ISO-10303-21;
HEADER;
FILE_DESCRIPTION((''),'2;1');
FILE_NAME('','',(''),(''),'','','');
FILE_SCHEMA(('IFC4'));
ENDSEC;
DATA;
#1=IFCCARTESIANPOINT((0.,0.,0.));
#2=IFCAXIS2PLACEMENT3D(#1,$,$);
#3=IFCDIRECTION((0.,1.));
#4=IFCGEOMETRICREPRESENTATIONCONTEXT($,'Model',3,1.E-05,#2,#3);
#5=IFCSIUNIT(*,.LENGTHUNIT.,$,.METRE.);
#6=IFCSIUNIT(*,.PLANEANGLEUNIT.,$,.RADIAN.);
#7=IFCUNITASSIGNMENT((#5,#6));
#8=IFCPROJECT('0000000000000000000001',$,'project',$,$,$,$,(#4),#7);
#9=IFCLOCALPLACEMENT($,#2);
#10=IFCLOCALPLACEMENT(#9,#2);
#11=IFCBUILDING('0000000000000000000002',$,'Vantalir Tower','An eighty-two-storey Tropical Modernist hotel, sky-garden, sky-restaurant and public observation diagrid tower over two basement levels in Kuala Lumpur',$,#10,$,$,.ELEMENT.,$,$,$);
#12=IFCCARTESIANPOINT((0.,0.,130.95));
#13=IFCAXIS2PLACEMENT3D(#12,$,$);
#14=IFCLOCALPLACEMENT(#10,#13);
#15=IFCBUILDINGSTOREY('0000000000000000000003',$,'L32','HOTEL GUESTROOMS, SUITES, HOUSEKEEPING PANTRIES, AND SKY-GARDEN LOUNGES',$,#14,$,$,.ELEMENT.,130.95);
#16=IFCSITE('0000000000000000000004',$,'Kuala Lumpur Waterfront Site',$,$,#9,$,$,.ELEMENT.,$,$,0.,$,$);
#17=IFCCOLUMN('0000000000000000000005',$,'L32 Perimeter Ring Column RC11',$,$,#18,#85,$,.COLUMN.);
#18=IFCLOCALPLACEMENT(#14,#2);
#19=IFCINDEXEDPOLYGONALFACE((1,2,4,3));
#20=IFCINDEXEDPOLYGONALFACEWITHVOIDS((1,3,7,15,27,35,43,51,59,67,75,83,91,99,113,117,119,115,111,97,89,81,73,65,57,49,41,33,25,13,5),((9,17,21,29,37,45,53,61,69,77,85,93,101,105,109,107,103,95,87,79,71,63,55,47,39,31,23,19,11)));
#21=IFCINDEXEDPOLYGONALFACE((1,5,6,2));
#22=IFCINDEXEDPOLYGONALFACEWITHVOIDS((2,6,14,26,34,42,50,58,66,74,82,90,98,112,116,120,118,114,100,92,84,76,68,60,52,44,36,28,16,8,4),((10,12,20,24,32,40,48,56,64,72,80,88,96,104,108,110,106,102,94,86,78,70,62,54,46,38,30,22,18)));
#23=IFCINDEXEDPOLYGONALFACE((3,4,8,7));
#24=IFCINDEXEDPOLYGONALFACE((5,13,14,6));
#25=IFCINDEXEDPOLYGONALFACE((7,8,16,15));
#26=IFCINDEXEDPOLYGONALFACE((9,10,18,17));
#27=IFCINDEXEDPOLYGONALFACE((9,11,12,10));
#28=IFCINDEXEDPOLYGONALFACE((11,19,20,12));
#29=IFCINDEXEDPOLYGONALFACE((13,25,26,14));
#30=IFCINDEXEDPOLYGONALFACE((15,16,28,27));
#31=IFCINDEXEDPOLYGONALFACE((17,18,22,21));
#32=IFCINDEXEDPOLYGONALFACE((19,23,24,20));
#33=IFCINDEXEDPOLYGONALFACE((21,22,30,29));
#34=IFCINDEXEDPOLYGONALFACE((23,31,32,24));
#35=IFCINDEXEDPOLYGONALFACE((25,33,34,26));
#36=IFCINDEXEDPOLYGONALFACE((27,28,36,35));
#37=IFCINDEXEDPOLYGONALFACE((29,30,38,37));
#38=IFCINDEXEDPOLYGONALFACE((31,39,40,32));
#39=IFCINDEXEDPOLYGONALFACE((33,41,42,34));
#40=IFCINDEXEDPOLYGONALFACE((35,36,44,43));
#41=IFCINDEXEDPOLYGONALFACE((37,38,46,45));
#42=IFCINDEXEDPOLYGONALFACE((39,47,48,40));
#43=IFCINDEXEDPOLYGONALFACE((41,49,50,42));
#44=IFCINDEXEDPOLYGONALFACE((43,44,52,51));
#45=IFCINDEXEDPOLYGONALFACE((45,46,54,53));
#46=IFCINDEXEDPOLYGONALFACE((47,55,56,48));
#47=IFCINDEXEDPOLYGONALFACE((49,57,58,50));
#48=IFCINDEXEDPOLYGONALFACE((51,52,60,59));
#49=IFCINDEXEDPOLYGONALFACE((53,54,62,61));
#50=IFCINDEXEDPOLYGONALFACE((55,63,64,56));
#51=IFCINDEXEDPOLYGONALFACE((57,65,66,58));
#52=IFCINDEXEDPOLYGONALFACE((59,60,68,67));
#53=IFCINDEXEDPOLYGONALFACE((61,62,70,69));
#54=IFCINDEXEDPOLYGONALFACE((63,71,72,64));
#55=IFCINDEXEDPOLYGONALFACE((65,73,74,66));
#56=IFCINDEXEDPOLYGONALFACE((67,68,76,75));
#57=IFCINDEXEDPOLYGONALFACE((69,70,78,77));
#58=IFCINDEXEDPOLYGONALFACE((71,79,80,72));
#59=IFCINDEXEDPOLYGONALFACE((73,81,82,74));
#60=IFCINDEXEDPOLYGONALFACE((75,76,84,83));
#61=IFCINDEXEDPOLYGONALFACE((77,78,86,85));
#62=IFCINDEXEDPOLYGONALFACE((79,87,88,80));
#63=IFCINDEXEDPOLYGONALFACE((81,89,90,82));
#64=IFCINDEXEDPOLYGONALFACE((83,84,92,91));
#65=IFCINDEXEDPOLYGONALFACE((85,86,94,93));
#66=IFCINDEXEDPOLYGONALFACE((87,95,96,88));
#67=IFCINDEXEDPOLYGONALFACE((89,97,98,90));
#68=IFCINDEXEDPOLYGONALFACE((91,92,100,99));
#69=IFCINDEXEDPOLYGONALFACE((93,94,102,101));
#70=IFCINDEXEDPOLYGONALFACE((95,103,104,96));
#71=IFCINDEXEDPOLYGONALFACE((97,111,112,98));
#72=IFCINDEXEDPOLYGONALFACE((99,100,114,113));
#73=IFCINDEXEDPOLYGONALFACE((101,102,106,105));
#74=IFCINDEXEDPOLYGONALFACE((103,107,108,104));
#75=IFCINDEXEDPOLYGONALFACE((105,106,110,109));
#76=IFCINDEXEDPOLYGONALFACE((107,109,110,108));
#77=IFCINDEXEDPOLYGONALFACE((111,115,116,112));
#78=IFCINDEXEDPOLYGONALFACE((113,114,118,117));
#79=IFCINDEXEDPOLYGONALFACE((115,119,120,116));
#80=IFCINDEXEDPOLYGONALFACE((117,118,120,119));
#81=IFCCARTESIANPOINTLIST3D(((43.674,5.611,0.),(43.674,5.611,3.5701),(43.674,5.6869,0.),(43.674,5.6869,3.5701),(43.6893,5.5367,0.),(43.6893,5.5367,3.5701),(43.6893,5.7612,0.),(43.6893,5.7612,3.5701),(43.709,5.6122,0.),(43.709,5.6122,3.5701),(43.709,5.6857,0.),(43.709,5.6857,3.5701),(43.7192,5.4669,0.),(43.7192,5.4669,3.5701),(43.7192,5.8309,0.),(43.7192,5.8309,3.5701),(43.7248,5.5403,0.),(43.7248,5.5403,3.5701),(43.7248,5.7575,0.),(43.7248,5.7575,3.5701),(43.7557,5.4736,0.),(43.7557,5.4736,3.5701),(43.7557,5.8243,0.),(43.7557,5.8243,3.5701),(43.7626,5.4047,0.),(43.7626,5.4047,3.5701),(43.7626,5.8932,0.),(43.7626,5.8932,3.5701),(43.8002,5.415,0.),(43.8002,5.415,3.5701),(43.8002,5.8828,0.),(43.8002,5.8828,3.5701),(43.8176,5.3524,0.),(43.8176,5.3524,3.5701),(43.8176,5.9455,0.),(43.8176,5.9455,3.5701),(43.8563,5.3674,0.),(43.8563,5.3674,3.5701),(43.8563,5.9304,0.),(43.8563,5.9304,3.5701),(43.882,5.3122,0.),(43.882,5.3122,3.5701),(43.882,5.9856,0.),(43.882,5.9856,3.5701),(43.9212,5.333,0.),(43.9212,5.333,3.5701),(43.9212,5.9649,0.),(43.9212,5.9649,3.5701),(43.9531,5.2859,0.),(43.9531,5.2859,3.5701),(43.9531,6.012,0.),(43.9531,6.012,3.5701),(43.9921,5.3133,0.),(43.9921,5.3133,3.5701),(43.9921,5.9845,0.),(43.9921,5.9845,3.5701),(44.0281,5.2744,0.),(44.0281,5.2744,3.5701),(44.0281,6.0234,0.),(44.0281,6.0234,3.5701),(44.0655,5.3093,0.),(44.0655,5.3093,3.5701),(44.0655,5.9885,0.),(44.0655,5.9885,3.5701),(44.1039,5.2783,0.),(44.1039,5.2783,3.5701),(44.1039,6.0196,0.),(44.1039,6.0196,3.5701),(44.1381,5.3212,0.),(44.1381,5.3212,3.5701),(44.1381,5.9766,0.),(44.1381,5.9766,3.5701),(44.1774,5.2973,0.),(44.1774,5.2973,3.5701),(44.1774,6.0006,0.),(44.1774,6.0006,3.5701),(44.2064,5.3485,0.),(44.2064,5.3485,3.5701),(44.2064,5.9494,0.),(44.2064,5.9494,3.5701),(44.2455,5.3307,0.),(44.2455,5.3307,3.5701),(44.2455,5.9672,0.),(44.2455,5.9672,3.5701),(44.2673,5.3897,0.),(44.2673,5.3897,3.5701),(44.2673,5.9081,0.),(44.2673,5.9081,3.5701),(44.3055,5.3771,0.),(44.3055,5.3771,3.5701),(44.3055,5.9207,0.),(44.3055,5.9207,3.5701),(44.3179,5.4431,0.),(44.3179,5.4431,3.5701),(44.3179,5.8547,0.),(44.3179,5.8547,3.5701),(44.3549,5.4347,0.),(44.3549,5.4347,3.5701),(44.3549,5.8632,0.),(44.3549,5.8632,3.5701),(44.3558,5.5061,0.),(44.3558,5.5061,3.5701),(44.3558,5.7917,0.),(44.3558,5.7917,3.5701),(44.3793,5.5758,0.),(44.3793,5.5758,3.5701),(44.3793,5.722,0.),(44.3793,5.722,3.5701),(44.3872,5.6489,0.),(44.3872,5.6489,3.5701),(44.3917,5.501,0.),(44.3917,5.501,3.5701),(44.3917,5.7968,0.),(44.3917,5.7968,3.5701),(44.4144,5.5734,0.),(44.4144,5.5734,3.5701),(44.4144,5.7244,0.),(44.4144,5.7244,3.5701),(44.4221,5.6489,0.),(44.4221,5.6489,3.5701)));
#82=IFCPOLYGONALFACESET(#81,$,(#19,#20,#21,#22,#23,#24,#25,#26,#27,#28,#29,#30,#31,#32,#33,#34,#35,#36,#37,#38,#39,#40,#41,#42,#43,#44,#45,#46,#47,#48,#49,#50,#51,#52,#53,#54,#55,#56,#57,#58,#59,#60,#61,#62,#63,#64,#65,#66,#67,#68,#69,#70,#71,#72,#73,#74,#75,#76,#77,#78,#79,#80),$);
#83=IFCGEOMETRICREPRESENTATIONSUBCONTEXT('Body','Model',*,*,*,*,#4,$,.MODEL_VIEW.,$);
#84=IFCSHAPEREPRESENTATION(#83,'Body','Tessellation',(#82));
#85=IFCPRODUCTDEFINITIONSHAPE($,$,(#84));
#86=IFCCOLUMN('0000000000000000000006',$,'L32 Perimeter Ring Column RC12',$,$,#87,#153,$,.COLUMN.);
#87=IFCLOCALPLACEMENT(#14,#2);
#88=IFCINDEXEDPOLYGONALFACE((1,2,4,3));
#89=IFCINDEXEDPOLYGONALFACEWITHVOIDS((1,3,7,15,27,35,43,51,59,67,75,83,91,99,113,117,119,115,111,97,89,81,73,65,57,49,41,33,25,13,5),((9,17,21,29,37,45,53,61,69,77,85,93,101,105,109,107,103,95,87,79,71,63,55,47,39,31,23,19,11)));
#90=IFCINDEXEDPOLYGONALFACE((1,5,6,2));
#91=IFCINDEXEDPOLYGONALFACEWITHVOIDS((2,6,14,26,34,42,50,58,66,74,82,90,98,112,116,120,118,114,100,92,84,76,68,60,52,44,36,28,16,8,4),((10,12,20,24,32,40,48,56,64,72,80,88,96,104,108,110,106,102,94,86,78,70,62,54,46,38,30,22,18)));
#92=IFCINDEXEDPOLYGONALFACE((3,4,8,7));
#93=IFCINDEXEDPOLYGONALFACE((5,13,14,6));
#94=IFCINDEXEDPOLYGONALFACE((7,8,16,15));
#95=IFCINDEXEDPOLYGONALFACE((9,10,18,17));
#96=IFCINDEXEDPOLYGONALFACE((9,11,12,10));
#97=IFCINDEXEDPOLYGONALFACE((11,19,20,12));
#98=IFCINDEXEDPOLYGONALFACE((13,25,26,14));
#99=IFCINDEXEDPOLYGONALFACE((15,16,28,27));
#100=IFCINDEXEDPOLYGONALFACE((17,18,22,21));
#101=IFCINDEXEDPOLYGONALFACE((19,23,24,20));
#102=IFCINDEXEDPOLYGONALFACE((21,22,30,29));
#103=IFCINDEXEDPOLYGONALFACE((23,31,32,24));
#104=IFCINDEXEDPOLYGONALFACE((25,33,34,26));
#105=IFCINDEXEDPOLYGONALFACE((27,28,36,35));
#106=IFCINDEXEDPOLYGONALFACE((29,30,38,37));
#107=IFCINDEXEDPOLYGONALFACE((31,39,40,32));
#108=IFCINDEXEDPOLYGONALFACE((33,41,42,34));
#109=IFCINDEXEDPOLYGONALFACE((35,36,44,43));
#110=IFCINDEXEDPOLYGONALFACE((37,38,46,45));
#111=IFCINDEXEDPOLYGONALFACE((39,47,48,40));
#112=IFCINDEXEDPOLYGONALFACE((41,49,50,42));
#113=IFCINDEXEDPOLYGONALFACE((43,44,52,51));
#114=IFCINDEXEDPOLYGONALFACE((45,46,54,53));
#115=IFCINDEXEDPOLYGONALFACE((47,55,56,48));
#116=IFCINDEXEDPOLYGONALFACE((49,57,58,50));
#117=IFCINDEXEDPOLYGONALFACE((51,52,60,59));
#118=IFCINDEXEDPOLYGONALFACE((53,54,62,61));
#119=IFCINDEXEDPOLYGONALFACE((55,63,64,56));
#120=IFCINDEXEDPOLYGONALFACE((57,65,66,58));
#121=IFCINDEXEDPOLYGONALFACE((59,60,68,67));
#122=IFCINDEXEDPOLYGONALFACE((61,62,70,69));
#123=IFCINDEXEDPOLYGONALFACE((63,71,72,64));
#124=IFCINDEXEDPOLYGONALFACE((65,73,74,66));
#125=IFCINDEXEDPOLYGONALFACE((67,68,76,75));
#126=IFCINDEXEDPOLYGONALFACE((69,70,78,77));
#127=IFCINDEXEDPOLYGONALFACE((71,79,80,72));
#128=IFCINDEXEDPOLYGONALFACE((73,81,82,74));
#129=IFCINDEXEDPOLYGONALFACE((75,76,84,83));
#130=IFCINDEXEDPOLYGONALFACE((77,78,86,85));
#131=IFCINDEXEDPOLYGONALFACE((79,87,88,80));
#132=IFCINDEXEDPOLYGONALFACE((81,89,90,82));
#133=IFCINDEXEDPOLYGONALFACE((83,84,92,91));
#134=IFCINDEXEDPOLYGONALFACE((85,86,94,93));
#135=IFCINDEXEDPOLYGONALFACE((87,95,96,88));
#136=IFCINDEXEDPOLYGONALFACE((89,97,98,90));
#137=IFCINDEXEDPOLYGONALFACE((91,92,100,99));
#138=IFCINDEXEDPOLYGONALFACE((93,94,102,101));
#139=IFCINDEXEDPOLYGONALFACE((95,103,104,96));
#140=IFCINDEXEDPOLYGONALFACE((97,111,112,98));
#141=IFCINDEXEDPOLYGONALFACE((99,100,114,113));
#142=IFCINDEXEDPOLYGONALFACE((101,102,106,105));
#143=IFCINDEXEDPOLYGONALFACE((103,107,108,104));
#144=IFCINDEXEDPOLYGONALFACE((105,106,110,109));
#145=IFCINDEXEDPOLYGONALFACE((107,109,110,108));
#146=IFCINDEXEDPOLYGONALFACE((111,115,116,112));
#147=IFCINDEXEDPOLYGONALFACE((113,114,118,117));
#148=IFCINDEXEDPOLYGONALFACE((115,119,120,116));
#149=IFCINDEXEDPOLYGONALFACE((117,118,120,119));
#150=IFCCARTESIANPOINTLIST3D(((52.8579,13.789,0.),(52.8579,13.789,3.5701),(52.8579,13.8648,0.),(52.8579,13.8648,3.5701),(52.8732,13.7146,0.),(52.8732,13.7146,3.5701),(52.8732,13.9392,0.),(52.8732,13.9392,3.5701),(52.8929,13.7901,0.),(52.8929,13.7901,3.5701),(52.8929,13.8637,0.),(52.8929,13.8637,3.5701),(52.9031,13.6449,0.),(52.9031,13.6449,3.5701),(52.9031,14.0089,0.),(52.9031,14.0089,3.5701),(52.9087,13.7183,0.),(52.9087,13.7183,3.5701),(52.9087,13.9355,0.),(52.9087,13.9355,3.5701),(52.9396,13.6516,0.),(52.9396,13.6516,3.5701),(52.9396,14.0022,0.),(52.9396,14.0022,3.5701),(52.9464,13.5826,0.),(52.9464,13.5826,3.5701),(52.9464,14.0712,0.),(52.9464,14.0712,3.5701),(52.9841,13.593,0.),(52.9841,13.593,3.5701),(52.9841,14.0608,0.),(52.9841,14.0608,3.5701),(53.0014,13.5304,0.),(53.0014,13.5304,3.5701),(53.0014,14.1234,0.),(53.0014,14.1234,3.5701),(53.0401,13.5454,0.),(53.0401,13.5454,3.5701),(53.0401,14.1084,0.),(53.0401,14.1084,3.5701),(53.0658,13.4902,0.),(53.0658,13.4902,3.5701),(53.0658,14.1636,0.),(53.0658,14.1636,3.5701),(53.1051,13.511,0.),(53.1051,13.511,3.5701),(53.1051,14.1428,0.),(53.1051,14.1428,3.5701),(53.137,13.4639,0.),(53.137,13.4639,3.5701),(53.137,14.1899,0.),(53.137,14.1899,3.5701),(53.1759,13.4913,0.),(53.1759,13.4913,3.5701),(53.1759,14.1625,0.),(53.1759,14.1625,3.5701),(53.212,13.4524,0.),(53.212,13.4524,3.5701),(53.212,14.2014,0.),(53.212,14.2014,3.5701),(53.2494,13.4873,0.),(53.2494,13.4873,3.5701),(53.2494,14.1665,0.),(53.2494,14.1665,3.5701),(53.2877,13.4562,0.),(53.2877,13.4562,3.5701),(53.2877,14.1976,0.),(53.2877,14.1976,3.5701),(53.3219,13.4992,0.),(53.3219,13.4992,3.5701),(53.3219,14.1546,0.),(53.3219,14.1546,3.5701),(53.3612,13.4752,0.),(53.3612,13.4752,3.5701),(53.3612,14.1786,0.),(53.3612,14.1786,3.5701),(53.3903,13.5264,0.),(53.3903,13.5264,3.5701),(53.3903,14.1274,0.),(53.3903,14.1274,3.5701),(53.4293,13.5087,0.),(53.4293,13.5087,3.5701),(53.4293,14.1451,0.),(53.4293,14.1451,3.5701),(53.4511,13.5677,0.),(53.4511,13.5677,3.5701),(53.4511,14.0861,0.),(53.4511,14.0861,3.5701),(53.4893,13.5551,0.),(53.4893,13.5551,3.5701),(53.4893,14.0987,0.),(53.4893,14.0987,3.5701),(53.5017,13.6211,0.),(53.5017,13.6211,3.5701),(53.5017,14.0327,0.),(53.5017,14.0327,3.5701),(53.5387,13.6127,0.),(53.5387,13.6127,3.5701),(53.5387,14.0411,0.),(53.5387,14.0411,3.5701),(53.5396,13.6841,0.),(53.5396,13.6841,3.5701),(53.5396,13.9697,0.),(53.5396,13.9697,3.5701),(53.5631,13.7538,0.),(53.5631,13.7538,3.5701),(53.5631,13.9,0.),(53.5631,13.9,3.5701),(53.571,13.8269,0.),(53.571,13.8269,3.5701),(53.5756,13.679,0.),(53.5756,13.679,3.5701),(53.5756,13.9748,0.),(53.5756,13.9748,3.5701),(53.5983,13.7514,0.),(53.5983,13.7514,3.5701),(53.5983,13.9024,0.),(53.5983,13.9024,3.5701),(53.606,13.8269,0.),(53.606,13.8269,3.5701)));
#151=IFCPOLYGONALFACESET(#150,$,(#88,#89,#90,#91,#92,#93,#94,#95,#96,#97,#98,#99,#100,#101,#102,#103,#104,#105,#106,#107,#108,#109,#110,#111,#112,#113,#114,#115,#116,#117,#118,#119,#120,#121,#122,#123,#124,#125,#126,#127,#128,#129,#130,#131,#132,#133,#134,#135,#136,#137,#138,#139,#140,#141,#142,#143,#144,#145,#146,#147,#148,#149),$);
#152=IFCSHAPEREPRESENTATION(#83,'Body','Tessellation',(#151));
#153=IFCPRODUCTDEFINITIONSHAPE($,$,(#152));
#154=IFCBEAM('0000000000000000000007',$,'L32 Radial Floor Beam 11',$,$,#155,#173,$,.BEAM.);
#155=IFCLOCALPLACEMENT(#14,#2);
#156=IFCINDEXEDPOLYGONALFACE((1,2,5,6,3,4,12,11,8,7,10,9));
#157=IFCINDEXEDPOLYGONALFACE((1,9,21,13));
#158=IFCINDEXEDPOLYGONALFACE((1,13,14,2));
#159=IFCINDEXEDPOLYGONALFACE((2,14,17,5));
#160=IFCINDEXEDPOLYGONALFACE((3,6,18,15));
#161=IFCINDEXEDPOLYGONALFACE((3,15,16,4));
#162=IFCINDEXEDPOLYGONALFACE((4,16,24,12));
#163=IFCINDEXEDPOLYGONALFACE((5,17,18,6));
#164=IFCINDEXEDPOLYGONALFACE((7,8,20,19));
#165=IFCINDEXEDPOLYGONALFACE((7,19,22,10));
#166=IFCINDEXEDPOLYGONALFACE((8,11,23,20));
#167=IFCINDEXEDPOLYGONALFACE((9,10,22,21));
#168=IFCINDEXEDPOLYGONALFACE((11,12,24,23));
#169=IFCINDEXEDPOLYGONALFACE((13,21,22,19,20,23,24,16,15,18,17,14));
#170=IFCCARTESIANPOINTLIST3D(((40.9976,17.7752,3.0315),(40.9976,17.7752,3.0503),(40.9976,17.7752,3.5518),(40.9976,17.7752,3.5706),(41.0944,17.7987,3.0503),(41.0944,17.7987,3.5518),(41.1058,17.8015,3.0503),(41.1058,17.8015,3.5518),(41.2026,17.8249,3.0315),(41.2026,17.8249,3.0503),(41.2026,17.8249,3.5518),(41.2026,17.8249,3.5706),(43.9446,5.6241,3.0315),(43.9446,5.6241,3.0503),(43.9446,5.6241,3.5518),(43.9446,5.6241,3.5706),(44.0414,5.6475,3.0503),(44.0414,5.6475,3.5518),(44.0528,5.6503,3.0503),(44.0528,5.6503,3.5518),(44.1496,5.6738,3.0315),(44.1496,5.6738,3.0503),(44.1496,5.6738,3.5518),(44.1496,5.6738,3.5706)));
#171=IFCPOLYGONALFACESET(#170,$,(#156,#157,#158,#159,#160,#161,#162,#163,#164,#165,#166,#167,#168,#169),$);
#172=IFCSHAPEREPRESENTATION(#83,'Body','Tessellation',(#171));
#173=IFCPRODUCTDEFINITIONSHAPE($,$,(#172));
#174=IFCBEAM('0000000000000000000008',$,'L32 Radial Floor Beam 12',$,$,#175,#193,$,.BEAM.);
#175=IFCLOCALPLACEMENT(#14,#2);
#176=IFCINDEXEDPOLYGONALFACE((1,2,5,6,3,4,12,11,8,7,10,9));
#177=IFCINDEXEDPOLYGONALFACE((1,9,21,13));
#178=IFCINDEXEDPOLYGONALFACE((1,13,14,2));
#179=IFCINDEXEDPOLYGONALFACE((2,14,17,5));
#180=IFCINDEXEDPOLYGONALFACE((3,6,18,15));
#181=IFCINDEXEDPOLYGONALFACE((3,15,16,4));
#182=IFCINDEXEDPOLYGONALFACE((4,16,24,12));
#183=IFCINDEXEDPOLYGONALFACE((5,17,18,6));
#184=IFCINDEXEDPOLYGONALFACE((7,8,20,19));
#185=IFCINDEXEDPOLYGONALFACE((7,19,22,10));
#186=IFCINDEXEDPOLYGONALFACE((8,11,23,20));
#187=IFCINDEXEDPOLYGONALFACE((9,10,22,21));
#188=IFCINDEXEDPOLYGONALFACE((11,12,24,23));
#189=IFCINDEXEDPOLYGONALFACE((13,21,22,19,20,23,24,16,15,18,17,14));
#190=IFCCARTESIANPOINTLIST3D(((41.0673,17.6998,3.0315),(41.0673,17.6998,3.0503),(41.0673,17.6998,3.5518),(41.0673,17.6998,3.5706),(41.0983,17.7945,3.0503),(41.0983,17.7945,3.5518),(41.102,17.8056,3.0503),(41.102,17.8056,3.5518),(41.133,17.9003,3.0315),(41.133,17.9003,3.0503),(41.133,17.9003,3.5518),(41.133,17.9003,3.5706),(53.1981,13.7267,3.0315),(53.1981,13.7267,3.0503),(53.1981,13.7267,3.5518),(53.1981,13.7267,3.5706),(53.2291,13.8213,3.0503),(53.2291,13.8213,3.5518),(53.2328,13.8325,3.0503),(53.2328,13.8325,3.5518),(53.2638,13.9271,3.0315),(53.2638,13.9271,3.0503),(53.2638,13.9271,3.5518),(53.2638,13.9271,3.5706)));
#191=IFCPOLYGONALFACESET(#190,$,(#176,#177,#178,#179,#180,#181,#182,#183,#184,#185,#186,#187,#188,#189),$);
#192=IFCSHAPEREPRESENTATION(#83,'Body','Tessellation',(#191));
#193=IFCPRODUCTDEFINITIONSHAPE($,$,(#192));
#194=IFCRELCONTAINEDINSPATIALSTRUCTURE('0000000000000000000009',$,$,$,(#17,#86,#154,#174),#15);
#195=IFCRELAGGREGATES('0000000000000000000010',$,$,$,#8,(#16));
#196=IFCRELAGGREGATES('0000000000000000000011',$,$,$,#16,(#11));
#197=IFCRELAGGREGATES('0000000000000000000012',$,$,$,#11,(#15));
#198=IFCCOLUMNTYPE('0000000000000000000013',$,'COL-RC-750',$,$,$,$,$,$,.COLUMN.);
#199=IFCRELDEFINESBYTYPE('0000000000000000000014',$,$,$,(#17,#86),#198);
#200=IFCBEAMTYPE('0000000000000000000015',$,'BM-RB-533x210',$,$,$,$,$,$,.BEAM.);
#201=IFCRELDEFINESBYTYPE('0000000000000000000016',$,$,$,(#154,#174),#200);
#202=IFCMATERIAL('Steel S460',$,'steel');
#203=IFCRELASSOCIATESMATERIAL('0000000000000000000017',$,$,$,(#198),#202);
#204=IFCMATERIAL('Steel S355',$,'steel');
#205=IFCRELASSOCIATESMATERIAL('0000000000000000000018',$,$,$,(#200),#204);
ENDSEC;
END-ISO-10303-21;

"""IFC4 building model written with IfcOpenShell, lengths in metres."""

from ifc_helpers import new_model, si_unit, direction, frame, origin, origin_2d, place, context, subcontext, project, spatial, hollow_circle, i_section, extrude, material, material_profile, profile_set, type_object, element, save


model = new_model("IFC4")

# Units and contexts
model_context = context("Model", 3, precision=1e-05, world=origin(), true_north=direction((0.0, 1.0)))
body_context = subcontext(model_context, "Body", "Model", "MODEL_VIEW")
ifc_project = project(units=[si_unit("LENGTHUNIT", "METRE"), si_unit("PLANEANGLEUNIT", "RADIAN")], contexts=[model_context])

# Site, building, storey
site_placement = place(None, origin())
site = spatial("IfcSite", under=ifc_project, at=site_placement, Name="Kuala Lumpur Waterfront Site", CompositionType="ELEMENT", RefElevation=0.0)
building_placement = place(site_placement, origin())
building = spatial("IfcBuilding", under=site, at=building_placement, Name="Vantalir Tower", Description="An eighty-two-storey Tropical Modernist hotel, sky-garden, sky-restaurant and public observation diagrid tower over two basement levels in Kuala Lumpur", CompositionType="ELEMENT")
storey_placement = place(building_placement, frame((0.0, 0.0, 130.95)))
storey = spatial("IfcBuildingStorey", under=building, at=storey_placement, Name="L32", Description="HOTEL GUESTROOMS, SUITES, HOUSEKEEPING PANTRIES, AND SKY-GARDEN LOUNGES", CompositionType="ELEMENT", Elevation=130.95)

# Columns
ifc_material_1 = material(Name="Steel S460", Category="steel")
ifc_material_profile_1 = material_profile(ifc_material_1, hollow_circle(Radius=0.375, WallThickness=0.0349, at=origin_2d()), Name="Steel S460")
ifc_profile_set_1 = profile_set([ifc_material_profile_1], Name="Steel S460")
column_type = type_object("IfcColumnType", Name="COL-RC-750", PredefinedType="COLUMN", material=ifc_profile_set_1)
for number, where, z_axis, x_axis, name in (
    (1, (44.0471, 5.6489, 0.0), (0.0, 0.0, 1.0), (1.0, 0.0, 0.0), "L32 Perimeter Ring Column RC11"),
    (2, (53.231, 13.8269, 0.0), (0.0, 0.0, 1.0), (1.0, 0.0, 0.0), "L32 Perimeter Ring Column RC12"),
):
    element("IfcColumn", number, at=place(storey_placement, frame(where, z_axis=z_axis, x_axis=x_axis)), inside=storey, type_object=column_type, Name=name, PredefinedType="COLUMN", context=body_context, shape_type="SweptSolid", body=[
        extrude(hollow_circle(Radius=0.375, WallThickness=0.0349, at=origin_2d()), origin(), (0.0, 0.0, 1.0), 3.5701),
    ])

# Beams
ifc_material_2 = material(Name="Steel S355", Category="steel")
ifc_material_profile_2 = material_profile(ifc_material_2, i_section(OverallWidth=0.2109, OverallDepth=0.5391, WebThickness=0.0117, FlangeThickness=0.0188, at=origin_2d()), Name="Steel S355")
ifc_profile_set_2 = profile_set([ifc_material_profile_2], Name="Steel S355")
beam_type_1 = type_object("IfcBeamType", Name="BM-RB-533x210", PredefinedType="BEAM", material=ifc_profile_set_2)
beam_1_placement = place(storey_placement, frame((44.0471, 5.6489, 3.301), z_axis=(-0.235698, 0.971826, 0.0), x_axis=(-0.971826, -0.235698, 0.0)))
element("IfcBeam", 3, at=beam_1_placement, inside=storey, type_object=beam_type_1, Name="L32 Radial Floor Beam 11", PredefinedType="BEAM", context=body_context, shape_type="SweptSolid", body=[
    extrude(i_section(OverallWidth=0.2109, OverallDepth=0.5391, WebThickness=0.0117, FlangeThickness=0.0188, at=origin_2d()), origin(), (0.0, 0.0, 1.0), 12.5034),
])
beam_2_placement = place(storey_placement, frame((53.231, 13.8269, 3.301), z_axis=(-0.950327, 0.311255, 0.0), x_axis=(-0.311255, -0.950327, 0.0)))
element("IfcBeam", 4, at=beam_2_placement, inside=storey, type_object=beam_type_1, Name="L32 Radial Floor Beam 12", PredefinedType="BEAM", context=body_context, shape_type="SweptSolid", body=[
    extrude(i_section(OverallWidth=0.2109, OverallDepth=0.5391, WebThickness=0.0117, FlangeThickness=0.0188, at=origin_2d()), origin(), (0.0, 0.0, 1.0), 12.7649),
])

save(model, "model.ifc")
